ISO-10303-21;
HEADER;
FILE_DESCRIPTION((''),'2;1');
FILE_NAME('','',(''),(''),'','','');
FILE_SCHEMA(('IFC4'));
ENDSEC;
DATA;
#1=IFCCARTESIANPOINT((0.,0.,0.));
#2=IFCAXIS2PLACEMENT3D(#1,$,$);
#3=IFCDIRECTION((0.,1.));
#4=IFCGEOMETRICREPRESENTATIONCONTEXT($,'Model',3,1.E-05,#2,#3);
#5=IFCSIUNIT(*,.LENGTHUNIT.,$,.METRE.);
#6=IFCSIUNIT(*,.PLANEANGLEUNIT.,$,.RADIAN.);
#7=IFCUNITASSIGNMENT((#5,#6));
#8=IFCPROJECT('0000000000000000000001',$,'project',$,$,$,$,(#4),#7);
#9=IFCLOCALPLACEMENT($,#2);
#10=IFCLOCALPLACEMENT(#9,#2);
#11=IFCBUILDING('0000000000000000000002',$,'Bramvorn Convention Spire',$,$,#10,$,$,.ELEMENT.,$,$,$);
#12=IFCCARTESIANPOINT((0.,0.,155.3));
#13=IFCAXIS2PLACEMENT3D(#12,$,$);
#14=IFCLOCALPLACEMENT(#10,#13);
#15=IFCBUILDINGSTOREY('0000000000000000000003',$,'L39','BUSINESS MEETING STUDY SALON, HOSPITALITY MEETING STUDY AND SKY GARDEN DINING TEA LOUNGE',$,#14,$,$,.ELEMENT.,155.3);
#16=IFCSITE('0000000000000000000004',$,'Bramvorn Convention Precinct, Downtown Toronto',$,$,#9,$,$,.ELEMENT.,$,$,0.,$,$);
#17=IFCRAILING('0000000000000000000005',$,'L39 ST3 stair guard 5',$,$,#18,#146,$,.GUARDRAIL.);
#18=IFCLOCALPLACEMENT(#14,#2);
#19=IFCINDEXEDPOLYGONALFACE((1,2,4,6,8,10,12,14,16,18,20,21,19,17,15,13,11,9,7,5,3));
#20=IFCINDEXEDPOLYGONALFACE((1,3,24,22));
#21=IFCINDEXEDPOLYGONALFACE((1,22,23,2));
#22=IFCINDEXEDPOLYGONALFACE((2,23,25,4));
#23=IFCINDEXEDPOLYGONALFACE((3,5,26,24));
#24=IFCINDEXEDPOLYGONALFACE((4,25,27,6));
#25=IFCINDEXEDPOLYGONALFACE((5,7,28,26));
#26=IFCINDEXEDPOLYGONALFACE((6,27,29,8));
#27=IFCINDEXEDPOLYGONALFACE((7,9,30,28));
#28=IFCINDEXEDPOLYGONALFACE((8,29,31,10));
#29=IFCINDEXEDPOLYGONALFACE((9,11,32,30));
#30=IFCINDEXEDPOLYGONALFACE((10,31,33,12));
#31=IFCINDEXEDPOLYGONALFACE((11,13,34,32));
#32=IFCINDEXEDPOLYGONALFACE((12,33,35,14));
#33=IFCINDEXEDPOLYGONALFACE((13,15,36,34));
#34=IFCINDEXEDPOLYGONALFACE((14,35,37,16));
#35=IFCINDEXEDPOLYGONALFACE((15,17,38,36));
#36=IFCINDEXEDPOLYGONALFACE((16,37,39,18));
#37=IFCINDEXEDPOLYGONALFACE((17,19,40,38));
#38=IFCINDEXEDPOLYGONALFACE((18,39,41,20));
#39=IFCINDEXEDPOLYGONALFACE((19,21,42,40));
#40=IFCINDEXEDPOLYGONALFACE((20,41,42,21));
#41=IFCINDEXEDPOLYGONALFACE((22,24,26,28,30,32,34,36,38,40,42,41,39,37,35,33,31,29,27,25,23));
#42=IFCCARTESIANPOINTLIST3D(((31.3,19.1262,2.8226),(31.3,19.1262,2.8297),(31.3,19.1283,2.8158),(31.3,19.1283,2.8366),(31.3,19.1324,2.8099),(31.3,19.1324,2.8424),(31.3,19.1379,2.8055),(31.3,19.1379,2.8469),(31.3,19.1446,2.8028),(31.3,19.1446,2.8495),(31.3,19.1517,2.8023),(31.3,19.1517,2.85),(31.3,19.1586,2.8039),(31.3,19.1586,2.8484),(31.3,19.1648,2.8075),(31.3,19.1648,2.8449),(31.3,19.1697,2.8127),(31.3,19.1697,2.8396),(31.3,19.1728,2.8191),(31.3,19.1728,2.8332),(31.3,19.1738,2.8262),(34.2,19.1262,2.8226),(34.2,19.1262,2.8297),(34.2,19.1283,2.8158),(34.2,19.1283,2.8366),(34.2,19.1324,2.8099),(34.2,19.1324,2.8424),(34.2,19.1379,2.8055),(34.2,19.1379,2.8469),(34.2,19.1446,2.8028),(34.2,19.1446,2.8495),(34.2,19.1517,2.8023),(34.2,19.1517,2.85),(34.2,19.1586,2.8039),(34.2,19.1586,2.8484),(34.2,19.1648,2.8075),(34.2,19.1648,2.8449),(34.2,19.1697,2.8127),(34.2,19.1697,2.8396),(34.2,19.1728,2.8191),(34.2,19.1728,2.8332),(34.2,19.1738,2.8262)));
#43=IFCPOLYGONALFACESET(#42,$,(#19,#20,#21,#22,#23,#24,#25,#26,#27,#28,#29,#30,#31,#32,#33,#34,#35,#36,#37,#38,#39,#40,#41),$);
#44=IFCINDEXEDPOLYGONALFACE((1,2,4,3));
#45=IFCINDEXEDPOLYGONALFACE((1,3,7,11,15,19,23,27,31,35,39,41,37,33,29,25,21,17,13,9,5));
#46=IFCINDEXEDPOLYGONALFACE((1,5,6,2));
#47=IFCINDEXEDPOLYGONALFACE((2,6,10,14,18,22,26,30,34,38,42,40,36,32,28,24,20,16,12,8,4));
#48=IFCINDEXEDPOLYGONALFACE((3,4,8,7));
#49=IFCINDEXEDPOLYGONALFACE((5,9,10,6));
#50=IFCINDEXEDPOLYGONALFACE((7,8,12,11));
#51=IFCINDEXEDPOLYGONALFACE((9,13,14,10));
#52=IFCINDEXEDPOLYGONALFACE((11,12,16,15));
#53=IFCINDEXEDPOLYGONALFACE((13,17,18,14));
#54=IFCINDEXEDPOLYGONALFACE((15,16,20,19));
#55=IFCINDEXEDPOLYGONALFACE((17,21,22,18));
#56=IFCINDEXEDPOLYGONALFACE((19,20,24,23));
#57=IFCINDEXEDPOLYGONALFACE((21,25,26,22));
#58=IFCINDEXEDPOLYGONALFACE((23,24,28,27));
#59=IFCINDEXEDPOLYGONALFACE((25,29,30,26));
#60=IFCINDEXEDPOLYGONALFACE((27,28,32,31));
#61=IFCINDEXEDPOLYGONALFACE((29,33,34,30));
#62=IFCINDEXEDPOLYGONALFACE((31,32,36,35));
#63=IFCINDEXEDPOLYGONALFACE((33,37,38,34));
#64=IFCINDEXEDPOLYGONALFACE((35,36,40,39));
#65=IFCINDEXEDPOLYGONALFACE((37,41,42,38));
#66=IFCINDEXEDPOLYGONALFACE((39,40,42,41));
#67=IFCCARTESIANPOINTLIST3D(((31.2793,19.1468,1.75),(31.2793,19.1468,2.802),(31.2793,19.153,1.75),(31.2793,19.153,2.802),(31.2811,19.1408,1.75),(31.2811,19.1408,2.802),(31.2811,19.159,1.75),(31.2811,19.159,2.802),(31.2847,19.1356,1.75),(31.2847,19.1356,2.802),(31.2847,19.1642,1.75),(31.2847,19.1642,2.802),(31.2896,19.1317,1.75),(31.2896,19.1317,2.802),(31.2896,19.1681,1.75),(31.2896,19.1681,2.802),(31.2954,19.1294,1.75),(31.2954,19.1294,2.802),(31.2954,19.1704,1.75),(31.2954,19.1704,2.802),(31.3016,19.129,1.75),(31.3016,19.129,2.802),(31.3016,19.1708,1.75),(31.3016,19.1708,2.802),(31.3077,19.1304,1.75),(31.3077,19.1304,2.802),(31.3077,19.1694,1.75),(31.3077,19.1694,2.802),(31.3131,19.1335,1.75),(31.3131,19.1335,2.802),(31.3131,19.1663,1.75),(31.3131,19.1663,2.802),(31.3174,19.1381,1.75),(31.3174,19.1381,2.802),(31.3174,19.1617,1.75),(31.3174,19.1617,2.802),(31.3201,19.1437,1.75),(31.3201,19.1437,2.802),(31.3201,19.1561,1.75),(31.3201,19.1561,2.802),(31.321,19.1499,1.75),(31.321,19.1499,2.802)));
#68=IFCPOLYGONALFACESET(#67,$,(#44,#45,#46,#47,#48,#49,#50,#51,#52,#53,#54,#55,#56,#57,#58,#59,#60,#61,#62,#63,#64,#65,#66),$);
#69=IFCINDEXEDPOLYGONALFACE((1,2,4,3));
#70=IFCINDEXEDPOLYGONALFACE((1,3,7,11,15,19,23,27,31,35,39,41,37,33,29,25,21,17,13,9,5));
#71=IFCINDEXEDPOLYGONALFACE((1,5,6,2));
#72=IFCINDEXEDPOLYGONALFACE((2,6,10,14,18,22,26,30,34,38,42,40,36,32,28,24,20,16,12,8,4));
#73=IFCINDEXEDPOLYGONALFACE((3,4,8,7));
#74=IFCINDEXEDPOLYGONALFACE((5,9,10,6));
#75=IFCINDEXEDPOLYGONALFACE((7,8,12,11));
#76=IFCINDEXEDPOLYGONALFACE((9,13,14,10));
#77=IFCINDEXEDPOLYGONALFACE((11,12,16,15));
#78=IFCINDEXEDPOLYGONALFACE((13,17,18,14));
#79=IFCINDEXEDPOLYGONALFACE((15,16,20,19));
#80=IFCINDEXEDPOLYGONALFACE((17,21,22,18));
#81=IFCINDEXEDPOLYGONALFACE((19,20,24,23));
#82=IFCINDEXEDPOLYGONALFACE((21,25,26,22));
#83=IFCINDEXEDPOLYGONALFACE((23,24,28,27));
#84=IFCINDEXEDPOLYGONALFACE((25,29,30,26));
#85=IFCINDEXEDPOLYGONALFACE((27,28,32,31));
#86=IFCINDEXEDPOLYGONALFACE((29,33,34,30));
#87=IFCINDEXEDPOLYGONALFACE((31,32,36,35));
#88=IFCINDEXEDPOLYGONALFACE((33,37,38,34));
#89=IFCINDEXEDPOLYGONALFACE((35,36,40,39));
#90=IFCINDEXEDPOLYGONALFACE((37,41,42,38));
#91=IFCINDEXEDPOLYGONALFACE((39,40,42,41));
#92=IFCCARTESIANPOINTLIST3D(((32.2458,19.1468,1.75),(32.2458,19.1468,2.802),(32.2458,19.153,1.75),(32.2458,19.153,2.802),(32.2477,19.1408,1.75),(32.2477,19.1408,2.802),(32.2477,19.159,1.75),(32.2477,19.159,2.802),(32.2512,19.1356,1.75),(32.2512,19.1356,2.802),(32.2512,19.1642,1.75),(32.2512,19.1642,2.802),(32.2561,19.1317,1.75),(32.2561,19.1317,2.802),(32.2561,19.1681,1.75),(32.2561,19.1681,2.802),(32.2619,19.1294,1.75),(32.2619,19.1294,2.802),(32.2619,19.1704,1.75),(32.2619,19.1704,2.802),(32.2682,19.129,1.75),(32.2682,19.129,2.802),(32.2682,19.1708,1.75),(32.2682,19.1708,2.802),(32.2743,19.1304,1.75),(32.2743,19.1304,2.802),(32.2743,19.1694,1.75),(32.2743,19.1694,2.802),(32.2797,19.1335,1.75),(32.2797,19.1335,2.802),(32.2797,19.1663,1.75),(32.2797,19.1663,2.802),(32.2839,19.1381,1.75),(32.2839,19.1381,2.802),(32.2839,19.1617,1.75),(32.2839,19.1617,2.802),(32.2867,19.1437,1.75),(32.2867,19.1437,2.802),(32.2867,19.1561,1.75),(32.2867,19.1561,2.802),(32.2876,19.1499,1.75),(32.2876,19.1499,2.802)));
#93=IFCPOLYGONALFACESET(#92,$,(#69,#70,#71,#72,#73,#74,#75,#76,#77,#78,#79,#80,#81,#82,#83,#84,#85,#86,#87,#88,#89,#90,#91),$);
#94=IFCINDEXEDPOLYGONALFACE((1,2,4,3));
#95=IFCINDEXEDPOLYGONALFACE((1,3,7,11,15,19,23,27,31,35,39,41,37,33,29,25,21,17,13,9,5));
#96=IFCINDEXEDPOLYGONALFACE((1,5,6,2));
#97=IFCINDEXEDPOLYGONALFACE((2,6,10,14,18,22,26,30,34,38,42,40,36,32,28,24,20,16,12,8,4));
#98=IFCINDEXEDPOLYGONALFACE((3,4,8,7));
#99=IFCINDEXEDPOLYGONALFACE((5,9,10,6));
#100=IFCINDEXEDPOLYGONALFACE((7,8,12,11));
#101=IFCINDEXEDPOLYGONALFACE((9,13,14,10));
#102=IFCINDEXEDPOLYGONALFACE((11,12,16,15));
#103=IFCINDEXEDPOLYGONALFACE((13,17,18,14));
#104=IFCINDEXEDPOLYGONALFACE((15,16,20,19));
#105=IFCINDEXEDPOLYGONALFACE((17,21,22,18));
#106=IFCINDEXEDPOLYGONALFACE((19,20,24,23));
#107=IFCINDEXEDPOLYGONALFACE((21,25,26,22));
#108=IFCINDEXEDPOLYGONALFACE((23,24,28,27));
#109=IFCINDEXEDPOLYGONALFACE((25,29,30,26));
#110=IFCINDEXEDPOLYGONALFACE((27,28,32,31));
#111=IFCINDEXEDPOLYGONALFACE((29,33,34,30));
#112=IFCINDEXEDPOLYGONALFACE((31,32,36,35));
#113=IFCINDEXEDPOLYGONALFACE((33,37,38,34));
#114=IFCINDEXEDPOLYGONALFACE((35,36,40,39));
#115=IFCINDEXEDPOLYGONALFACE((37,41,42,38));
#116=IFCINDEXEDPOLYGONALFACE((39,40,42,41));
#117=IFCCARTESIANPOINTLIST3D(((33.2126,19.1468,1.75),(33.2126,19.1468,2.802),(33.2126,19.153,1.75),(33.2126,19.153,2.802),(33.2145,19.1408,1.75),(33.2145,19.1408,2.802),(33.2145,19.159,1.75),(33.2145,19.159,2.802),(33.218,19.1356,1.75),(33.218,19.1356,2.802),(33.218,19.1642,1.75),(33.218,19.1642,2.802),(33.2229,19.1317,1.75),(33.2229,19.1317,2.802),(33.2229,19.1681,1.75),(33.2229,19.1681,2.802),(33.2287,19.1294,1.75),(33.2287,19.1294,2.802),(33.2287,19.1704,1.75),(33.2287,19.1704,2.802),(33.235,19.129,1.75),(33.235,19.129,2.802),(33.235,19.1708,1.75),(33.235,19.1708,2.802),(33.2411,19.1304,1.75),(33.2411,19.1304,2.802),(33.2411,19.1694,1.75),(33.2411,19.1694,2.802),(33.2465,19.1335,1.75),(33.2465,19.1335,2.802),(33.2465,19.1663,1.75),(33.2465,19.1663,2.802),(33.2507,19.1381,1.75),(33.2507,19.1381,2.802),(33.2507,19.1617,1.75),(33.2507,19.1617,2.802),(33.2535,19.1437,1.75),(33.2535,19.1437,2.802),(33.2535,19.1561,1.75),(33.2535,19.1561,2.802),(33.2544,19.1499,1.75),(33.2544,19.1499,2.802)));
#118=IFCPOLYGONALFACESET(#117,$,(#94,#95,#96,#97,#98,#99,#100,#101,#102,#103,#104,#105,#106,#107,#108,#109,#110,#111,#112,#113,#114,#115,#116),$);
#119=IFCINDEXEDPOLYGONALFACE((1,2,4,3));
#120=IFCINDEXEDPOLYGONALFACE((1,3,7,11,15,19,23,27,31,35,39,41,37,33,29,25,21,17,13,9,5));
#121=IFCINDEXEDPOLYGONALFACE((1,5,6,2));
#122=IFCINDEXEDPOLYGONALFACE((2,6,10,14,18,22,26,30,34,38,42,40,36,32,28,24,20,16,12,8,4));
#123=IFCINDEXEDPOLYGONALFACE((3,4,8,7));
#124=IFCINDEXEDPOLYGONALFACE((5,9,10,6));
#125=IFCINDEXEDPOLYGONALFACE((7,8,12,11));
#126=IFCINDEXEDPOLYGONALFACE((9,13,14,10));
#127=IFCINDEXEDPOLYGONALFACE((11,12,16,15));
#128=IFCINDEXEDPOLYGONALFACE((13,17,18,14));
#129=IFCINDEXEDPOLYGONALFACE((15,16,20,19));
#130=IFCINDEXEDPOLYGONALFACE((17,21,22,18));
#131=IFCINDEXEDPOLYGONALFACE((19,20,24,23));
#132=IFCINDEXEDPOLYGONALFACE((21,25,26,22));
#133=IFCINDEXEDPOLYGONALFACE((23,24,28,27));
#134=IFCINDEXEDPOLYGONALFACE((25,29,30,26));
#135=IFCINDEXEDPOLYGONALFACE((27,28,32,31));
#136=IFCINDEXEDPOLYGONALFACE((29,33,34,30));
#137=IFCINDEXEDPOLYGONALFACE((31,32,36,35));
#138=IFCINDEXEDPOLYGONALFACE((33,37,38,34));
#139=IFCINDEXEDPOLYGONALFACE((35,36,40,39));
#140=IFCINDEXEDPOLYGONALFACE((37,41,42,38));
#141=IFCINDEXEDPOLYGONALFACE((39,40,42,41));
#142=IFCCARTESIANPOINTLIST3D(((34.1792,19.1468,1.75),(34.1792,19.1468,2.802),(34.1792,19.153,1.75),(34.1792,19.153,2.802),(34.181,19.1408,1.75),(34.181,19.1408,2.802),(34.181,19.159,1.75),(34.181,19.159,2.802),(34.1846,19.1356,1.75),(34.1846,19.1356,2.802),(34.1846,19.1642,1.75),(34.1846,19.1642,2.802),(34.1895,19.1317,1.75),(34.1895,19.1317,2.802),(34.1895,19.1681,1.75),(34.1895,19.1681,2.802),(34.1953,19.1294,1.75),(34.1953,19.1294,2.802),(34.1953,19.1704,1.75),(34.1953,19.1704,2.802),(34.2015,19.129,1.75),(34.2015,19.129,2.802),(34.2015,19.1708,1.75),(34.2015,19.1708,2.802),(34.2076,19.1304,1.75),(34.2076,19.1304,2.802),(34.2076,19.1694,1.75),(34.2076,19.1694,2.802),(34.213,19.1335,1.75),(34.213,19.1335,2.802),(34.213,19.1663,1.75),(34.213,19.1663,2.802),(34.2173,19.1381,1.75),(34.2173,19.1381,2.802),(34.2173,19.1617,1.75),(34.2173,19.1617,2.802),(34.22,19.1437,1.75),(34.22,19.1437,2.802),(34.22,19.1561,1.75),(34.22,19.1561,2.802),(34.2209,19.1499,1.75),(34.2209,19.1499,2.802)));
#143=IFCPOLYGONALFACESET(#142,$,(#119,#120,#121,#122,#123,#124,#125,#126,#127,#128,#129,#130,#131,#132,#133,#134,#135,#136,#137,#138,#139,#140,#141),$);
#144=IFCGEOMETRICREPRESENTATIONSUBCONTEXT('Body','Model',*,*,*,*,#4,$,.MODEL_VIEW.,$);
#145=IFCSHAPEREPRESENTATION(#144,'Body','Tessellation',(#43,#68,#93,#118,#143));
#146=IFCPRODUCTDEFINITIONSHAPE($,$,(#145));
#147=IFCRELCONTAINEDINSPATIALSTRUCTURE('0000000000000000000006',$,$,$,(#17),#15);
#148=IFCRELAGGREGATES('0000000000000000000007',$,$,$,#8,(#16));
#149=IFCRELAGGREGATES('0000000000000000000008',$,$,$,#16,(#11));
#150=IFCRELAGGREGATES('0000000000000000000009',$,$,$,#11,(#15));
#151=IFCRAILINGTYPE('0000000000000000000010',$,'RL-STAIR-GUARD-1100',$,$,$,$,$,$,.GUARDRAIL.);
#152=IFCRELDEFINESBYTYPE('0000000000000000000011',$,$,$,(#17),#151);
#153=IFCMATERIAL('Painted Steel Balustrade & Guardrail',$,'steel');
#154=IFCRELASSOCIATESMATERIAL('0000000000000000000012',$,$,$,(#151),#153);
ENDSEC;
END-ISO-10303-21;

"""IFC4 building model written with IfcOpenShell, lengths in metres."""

from ifc_helpers import new_model, si_unit, direction, frame, origin, origin_2d, place, context, subcontext, project, spatial, circle, extrude, material, type_object, element, save


model = new_model("IFC4")

# Units and contexts
model_context = context("Model", 3, precision=1e-05, world=origin(), true_north=direction((0.0, 1.0)))
body_context = subcontext(model_context, "Body", "Model", "MODEL_VIEW")
ifc_project = project(units=[si_unit("LENGTHUNIT", "METRE"), si_unit("PLANEANGLEUNIT", "RADIAN")], contexts=[model_context])

# Site, building, storey
site_placement = place(None, origin())
site = spatial("IfcSite", under=ifc_project, at=site_placement, Name="Bramvorn Convention Precinct, Downtown Toronto", CompositionType="ELEMENT", RefElevation=0.0)
building_placement = place(site_placement, origin())
building = spatial("IfcBuilding", under=site, at=building_placement, Name="Bramvorn Convention Spire", CompositionType="ELEMENT")
storey_placement = place(building_placement, frame((0.0, 0.0, 155.3)))
storey = spatial("IfcBuildingStorey", under=building, at=storey_placement, Name="L39", Description="BUSINESS MEETING STUDY SALON, HOSPITALITY MEETING STUDY AND SKY GARDEN DINING TEA LOUNGE", CompositionType="ELEMENT", Elevation=155.3)

# Railing
ifc_material_1 = material(Name="Painted Steel Balustrade & Guardrail", Category="steel")
railing_type_1 = type_object("IfcRailingType", Name="RL-STAIR-GUARD-1100", PredefinedType="GUARDRAIL", material=ifc_material_1)
railing_1_placement = place(storey_placement, frame((31.3, 19.1499, 1.75)))
element("IfcRailing", 1, at=railing_1_placement, inside=storey, type_object=railing_type_1, Name="L39 ST3 stair guard 5", PredefinedType="GUARDRAIL", context=body_context, shape_type="SweptSolid", body=[
    extrude(circle(Radius=0.0239, at=origin_2d()), frame((0.0, 0.0, 1.0762), z_axis=(1.0, 0.0, 0.0), x_axis=(0.0, 1.0, 0.0)), (0.0, 0.0, 1.0), 2.8999),
    extrude(circle(Radius=0.021, at=origin_2d()), origin(), (0.0, 0.0, 1.0), 1.052),
    extrude(circle(Radius=0.021, at=origin_2d()), frame((0.9666, 0.0, 0.0)), (0.0, 0.0, 1.0), 1.052),
    extrude(circle(Radius=0.021, at=origin_2d()), frame((1.9333, 0.0, 0.0)), (0.0, 0.0, 1.0), 1.052),
    extrude(circle(Radius=0.021, at=origin_2d()), frame((2.8999, 0.0, 0.0)), (0.0, 0.0, 1.0), 1.052),
])

save(model, "model.ifc")
